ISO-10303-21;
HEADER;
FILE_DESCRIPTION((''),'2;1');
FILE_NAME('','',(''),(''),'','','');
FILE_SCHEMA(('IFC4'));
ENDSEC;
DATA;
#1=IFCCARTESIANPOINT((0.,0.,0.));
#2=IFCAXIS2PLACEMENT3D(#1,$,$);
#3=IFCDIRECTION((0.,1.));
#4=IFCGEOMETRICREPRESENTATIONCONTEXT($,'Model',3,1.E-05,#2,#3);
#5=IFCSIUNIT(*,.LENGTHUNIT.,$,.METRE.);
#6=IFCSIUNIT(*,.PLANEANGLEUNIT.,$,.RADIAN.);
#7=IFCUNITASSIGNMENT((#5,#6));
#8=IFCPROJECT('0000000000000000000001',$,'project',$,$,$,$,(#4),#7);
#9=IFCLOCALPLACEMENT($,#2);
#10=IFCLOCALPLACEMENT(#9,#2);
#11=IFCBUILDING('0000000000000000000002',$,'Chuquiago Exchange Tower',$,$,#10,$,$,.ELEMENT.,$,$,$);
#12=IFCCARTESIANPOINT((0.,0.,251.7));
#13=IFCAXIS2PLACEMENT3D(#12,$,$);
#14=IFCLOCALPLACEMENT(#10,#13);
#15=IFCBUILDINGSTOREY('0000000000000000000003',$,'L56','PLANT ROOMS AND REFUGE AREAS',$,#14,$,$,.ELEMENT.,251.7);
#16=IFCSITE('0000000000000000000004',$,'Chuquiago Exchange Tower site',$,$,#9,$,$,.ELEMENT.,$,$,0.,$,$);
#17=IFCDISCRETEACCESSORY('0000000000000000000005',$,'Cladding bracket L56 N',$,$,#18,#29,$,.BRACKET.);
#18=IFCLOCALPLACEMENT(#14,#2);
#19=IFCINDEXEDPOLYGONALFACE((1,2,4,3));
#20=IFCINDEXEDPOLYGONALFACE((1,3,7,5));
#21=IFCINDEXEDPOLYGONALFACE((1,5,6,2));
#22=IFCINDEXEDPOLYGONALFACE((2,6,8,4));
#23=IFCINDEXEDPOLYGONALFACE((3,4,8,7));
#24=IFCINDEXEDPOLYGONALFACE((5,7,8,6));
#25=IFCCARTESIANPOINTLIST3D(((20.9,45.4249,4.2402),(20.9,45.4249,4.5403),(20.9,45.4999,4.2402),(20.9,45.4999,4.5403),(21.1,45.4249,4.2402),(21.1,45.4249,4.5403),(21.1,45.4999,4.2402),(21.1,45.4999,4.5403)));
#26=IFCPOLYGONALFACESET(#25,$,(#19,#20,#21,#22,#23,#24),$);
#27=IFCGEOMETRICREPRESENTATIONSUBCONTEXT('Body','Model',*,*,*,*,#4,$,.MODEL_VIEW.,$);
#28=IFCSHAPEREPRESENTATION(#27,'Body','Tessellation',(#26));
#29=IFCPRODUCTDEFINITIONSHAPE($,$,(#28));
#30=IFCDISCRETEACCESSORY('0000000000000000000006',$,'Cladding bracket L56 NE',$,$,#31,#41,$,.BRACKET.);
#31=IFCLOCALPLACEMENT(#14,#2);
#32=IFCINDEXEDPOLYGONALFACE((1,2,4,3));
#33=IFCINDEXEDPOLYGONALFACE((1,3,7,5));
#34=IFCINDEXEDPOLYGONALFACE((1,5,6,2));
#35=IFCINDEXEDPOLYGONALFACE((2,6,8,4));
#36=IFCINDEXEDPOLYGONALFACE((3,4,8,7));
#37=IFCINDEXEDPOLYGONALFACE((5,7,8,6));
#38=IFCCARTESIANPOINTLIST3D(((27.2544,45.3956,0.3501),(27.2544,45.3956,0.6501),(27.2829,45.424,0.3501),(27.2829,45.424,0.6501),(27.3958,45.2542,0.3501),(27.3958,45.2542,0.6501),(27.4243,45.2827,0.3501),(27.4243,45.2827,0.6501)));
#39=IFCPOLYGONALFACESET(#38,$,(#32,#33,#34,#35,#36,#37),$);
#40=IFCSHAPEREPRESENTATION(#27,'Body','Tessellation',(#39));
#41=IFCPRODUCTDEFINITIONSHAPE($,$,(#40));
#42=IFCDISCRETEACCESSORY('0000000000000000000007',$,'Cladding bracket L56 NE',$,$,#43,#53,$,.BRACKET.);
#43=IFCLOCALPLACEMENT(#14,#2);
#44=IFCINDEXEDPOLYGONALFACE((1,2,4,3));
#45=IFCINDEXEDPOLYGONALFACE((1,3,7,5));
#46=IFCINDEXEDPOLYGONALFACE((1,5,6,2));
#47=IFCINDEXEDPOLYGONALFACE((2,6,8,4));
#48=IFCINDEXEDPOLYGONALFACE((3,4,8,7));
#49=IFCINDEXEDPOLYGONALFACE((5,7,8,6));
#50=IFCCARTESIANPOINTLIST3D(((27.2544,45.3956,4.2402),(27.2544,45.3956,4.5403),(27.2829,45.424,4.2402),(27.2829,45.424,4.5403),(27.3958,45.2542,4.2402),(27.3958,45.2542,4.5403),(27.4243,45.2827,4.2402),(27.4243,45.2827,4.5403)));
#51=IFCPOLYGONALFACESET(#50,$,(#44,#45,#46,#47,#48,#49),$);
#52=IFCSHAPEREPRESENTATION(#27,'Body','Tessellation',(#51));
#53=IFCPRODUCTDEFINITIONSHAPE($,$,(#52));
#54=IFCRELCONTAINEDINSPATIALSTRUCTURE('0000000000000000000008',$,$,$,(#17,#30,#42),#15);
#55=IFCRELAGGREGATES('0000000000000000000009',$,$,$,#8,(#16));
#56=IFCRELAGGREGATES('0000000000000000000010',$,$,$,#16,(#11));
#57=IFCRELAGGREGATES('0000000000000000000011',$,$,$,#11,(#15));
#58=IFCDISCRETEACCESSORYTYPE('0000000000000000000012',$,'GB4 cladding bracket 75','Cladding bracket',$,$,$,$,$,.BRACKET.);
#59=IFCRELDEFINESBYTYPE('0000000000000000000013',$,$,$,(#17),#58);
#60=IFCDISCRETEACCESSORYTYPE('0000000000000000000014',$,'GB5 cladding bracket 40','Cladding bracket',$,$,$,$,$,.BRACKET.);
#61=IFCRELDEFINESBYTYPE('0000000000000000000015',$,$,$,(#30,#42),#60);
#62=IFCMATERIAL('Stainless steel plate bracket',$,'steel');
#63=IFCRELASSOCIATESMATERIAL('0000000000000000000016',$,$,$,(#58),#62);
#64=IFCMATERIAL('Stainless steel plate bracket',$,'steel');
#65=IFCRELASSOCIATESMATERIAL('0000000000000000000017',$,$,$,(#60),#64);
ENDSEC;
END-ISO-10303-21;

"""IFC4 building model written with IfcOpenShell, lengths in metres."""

from ifc_helpers import new_model, si_unit, direction, frame, origin, origin_2d, place, context, subcontext, project, spatial, rectangle, extrude, material, type_object, element, save


model = new_model("IFC4")

# Units and contexts
model_context = context("Model", 3, precision=1e-05, world=origin(), true_north=direction((0.0, 1.0)))
body_context = subcontext(model_context, "Body", "Model", "MODEL_VIEW")
ifc_project = project(units=[si_unit("LENGTHUNIT", "METRE"), si_unit("PLANEANGLEUNIT", "RADIAN")], contexts=[model_context])

# Site, building, storey
site_placement = place(None, origin())
site = spatial("IfcSite", under=ifc_project, at=site_placement, Name="Chuquiago Exchange Tower site", CompositionType="ELEMENT", RefElevation=0.0)
building_placement = place(site_placement, origin())
building = spatial("IfcBuilding", under=site, at=building_placement, Name="Chuquiago Exchange Tower", CompositionType="ELEMENT")
storey_placement = place(building_placement, frame((0.0, 0.0, 251.7)))
storey = spatial("IfcBuildingStorey", under=building, at=storey_placement, Name="L56", Description="PLANT ROOMS AND REFUGE AREAS", CompositionType="ELEMENT", Elevation=251.7)

# Discrete accessories
ifc_material_1 = material(Name="Stainless steel plate bracket", Category="steel")
discrete_accessory_type_1 = type_object("IfcDiscreteAccessoryType", Name="GB4 cladding bracket 75", Description="Cladding bracket", PredefinedType="BRACKET", material=ifc_material_1)
for number, where, z_axis, x_axis, name in (
    (1, (21.0, 45.4624, 4.2402), (0.0, 0.0, 1.0), (-1.0, 0.0, 0.0), "Cladding bracket L56 N"),
):
    element("IfcDiscreteAccessory", number, at=place(storey_placement, frame(where, z_axis=z_axis, x_axis=x_axis)), inside=storey, type_object=discrete_accessory_type_1, Name=name, PredefinedType="BRACKET", context=body_context, shape_type="SweptSolid", body=[
        extrude(rectangle(XDim=0.2, YDim=0.075, at=origin_2d()), origin(), (0.0, 0.0, 1.0), 0.3),
    ])
ifc_material_2 = material(Name="Stainless steel plate bracket", Category="steel")
discrete_accessory_type_2 = type_object("IfcDiscreteAccessoryType", Name="GB5 cladding bracket 40", Description="Cladding bracket", PredefinedType="BRACKET", material=ifc_material_2)
for number, where, z_axis, x_axis, name in (
    (2, (27.3394, 45.3391, 0.3501), (0.0, 0.0, 1.0), (-0.707107, 0.707107, 0.0), "Cladding bracket L56 NE"),
    (3, (27.3394, 45.3391, 4.2402), (0.0, 0.0, 1.0), (-0.707107, 0.707107, 0.0), "Cladding bracket L56 NE"),
):
    element("IfcDiscreteAccessory", number, at=place(storey_placement, frame(where, z_axis=z_axis, x_axis=x_axis)), inside=storey, type_object=discrete_accessory_type_2, Name=name, PredefinedType="BRACKET", context=body_context, shape_type="SweptSolid", body=[
        extrude(rectangle(XDim=0.2, YDim=0.0403, at=origin_2d()), origin(), (0.0, 0.0, 1.0), 0.3),
    ])

save(model, "model.ifc")
